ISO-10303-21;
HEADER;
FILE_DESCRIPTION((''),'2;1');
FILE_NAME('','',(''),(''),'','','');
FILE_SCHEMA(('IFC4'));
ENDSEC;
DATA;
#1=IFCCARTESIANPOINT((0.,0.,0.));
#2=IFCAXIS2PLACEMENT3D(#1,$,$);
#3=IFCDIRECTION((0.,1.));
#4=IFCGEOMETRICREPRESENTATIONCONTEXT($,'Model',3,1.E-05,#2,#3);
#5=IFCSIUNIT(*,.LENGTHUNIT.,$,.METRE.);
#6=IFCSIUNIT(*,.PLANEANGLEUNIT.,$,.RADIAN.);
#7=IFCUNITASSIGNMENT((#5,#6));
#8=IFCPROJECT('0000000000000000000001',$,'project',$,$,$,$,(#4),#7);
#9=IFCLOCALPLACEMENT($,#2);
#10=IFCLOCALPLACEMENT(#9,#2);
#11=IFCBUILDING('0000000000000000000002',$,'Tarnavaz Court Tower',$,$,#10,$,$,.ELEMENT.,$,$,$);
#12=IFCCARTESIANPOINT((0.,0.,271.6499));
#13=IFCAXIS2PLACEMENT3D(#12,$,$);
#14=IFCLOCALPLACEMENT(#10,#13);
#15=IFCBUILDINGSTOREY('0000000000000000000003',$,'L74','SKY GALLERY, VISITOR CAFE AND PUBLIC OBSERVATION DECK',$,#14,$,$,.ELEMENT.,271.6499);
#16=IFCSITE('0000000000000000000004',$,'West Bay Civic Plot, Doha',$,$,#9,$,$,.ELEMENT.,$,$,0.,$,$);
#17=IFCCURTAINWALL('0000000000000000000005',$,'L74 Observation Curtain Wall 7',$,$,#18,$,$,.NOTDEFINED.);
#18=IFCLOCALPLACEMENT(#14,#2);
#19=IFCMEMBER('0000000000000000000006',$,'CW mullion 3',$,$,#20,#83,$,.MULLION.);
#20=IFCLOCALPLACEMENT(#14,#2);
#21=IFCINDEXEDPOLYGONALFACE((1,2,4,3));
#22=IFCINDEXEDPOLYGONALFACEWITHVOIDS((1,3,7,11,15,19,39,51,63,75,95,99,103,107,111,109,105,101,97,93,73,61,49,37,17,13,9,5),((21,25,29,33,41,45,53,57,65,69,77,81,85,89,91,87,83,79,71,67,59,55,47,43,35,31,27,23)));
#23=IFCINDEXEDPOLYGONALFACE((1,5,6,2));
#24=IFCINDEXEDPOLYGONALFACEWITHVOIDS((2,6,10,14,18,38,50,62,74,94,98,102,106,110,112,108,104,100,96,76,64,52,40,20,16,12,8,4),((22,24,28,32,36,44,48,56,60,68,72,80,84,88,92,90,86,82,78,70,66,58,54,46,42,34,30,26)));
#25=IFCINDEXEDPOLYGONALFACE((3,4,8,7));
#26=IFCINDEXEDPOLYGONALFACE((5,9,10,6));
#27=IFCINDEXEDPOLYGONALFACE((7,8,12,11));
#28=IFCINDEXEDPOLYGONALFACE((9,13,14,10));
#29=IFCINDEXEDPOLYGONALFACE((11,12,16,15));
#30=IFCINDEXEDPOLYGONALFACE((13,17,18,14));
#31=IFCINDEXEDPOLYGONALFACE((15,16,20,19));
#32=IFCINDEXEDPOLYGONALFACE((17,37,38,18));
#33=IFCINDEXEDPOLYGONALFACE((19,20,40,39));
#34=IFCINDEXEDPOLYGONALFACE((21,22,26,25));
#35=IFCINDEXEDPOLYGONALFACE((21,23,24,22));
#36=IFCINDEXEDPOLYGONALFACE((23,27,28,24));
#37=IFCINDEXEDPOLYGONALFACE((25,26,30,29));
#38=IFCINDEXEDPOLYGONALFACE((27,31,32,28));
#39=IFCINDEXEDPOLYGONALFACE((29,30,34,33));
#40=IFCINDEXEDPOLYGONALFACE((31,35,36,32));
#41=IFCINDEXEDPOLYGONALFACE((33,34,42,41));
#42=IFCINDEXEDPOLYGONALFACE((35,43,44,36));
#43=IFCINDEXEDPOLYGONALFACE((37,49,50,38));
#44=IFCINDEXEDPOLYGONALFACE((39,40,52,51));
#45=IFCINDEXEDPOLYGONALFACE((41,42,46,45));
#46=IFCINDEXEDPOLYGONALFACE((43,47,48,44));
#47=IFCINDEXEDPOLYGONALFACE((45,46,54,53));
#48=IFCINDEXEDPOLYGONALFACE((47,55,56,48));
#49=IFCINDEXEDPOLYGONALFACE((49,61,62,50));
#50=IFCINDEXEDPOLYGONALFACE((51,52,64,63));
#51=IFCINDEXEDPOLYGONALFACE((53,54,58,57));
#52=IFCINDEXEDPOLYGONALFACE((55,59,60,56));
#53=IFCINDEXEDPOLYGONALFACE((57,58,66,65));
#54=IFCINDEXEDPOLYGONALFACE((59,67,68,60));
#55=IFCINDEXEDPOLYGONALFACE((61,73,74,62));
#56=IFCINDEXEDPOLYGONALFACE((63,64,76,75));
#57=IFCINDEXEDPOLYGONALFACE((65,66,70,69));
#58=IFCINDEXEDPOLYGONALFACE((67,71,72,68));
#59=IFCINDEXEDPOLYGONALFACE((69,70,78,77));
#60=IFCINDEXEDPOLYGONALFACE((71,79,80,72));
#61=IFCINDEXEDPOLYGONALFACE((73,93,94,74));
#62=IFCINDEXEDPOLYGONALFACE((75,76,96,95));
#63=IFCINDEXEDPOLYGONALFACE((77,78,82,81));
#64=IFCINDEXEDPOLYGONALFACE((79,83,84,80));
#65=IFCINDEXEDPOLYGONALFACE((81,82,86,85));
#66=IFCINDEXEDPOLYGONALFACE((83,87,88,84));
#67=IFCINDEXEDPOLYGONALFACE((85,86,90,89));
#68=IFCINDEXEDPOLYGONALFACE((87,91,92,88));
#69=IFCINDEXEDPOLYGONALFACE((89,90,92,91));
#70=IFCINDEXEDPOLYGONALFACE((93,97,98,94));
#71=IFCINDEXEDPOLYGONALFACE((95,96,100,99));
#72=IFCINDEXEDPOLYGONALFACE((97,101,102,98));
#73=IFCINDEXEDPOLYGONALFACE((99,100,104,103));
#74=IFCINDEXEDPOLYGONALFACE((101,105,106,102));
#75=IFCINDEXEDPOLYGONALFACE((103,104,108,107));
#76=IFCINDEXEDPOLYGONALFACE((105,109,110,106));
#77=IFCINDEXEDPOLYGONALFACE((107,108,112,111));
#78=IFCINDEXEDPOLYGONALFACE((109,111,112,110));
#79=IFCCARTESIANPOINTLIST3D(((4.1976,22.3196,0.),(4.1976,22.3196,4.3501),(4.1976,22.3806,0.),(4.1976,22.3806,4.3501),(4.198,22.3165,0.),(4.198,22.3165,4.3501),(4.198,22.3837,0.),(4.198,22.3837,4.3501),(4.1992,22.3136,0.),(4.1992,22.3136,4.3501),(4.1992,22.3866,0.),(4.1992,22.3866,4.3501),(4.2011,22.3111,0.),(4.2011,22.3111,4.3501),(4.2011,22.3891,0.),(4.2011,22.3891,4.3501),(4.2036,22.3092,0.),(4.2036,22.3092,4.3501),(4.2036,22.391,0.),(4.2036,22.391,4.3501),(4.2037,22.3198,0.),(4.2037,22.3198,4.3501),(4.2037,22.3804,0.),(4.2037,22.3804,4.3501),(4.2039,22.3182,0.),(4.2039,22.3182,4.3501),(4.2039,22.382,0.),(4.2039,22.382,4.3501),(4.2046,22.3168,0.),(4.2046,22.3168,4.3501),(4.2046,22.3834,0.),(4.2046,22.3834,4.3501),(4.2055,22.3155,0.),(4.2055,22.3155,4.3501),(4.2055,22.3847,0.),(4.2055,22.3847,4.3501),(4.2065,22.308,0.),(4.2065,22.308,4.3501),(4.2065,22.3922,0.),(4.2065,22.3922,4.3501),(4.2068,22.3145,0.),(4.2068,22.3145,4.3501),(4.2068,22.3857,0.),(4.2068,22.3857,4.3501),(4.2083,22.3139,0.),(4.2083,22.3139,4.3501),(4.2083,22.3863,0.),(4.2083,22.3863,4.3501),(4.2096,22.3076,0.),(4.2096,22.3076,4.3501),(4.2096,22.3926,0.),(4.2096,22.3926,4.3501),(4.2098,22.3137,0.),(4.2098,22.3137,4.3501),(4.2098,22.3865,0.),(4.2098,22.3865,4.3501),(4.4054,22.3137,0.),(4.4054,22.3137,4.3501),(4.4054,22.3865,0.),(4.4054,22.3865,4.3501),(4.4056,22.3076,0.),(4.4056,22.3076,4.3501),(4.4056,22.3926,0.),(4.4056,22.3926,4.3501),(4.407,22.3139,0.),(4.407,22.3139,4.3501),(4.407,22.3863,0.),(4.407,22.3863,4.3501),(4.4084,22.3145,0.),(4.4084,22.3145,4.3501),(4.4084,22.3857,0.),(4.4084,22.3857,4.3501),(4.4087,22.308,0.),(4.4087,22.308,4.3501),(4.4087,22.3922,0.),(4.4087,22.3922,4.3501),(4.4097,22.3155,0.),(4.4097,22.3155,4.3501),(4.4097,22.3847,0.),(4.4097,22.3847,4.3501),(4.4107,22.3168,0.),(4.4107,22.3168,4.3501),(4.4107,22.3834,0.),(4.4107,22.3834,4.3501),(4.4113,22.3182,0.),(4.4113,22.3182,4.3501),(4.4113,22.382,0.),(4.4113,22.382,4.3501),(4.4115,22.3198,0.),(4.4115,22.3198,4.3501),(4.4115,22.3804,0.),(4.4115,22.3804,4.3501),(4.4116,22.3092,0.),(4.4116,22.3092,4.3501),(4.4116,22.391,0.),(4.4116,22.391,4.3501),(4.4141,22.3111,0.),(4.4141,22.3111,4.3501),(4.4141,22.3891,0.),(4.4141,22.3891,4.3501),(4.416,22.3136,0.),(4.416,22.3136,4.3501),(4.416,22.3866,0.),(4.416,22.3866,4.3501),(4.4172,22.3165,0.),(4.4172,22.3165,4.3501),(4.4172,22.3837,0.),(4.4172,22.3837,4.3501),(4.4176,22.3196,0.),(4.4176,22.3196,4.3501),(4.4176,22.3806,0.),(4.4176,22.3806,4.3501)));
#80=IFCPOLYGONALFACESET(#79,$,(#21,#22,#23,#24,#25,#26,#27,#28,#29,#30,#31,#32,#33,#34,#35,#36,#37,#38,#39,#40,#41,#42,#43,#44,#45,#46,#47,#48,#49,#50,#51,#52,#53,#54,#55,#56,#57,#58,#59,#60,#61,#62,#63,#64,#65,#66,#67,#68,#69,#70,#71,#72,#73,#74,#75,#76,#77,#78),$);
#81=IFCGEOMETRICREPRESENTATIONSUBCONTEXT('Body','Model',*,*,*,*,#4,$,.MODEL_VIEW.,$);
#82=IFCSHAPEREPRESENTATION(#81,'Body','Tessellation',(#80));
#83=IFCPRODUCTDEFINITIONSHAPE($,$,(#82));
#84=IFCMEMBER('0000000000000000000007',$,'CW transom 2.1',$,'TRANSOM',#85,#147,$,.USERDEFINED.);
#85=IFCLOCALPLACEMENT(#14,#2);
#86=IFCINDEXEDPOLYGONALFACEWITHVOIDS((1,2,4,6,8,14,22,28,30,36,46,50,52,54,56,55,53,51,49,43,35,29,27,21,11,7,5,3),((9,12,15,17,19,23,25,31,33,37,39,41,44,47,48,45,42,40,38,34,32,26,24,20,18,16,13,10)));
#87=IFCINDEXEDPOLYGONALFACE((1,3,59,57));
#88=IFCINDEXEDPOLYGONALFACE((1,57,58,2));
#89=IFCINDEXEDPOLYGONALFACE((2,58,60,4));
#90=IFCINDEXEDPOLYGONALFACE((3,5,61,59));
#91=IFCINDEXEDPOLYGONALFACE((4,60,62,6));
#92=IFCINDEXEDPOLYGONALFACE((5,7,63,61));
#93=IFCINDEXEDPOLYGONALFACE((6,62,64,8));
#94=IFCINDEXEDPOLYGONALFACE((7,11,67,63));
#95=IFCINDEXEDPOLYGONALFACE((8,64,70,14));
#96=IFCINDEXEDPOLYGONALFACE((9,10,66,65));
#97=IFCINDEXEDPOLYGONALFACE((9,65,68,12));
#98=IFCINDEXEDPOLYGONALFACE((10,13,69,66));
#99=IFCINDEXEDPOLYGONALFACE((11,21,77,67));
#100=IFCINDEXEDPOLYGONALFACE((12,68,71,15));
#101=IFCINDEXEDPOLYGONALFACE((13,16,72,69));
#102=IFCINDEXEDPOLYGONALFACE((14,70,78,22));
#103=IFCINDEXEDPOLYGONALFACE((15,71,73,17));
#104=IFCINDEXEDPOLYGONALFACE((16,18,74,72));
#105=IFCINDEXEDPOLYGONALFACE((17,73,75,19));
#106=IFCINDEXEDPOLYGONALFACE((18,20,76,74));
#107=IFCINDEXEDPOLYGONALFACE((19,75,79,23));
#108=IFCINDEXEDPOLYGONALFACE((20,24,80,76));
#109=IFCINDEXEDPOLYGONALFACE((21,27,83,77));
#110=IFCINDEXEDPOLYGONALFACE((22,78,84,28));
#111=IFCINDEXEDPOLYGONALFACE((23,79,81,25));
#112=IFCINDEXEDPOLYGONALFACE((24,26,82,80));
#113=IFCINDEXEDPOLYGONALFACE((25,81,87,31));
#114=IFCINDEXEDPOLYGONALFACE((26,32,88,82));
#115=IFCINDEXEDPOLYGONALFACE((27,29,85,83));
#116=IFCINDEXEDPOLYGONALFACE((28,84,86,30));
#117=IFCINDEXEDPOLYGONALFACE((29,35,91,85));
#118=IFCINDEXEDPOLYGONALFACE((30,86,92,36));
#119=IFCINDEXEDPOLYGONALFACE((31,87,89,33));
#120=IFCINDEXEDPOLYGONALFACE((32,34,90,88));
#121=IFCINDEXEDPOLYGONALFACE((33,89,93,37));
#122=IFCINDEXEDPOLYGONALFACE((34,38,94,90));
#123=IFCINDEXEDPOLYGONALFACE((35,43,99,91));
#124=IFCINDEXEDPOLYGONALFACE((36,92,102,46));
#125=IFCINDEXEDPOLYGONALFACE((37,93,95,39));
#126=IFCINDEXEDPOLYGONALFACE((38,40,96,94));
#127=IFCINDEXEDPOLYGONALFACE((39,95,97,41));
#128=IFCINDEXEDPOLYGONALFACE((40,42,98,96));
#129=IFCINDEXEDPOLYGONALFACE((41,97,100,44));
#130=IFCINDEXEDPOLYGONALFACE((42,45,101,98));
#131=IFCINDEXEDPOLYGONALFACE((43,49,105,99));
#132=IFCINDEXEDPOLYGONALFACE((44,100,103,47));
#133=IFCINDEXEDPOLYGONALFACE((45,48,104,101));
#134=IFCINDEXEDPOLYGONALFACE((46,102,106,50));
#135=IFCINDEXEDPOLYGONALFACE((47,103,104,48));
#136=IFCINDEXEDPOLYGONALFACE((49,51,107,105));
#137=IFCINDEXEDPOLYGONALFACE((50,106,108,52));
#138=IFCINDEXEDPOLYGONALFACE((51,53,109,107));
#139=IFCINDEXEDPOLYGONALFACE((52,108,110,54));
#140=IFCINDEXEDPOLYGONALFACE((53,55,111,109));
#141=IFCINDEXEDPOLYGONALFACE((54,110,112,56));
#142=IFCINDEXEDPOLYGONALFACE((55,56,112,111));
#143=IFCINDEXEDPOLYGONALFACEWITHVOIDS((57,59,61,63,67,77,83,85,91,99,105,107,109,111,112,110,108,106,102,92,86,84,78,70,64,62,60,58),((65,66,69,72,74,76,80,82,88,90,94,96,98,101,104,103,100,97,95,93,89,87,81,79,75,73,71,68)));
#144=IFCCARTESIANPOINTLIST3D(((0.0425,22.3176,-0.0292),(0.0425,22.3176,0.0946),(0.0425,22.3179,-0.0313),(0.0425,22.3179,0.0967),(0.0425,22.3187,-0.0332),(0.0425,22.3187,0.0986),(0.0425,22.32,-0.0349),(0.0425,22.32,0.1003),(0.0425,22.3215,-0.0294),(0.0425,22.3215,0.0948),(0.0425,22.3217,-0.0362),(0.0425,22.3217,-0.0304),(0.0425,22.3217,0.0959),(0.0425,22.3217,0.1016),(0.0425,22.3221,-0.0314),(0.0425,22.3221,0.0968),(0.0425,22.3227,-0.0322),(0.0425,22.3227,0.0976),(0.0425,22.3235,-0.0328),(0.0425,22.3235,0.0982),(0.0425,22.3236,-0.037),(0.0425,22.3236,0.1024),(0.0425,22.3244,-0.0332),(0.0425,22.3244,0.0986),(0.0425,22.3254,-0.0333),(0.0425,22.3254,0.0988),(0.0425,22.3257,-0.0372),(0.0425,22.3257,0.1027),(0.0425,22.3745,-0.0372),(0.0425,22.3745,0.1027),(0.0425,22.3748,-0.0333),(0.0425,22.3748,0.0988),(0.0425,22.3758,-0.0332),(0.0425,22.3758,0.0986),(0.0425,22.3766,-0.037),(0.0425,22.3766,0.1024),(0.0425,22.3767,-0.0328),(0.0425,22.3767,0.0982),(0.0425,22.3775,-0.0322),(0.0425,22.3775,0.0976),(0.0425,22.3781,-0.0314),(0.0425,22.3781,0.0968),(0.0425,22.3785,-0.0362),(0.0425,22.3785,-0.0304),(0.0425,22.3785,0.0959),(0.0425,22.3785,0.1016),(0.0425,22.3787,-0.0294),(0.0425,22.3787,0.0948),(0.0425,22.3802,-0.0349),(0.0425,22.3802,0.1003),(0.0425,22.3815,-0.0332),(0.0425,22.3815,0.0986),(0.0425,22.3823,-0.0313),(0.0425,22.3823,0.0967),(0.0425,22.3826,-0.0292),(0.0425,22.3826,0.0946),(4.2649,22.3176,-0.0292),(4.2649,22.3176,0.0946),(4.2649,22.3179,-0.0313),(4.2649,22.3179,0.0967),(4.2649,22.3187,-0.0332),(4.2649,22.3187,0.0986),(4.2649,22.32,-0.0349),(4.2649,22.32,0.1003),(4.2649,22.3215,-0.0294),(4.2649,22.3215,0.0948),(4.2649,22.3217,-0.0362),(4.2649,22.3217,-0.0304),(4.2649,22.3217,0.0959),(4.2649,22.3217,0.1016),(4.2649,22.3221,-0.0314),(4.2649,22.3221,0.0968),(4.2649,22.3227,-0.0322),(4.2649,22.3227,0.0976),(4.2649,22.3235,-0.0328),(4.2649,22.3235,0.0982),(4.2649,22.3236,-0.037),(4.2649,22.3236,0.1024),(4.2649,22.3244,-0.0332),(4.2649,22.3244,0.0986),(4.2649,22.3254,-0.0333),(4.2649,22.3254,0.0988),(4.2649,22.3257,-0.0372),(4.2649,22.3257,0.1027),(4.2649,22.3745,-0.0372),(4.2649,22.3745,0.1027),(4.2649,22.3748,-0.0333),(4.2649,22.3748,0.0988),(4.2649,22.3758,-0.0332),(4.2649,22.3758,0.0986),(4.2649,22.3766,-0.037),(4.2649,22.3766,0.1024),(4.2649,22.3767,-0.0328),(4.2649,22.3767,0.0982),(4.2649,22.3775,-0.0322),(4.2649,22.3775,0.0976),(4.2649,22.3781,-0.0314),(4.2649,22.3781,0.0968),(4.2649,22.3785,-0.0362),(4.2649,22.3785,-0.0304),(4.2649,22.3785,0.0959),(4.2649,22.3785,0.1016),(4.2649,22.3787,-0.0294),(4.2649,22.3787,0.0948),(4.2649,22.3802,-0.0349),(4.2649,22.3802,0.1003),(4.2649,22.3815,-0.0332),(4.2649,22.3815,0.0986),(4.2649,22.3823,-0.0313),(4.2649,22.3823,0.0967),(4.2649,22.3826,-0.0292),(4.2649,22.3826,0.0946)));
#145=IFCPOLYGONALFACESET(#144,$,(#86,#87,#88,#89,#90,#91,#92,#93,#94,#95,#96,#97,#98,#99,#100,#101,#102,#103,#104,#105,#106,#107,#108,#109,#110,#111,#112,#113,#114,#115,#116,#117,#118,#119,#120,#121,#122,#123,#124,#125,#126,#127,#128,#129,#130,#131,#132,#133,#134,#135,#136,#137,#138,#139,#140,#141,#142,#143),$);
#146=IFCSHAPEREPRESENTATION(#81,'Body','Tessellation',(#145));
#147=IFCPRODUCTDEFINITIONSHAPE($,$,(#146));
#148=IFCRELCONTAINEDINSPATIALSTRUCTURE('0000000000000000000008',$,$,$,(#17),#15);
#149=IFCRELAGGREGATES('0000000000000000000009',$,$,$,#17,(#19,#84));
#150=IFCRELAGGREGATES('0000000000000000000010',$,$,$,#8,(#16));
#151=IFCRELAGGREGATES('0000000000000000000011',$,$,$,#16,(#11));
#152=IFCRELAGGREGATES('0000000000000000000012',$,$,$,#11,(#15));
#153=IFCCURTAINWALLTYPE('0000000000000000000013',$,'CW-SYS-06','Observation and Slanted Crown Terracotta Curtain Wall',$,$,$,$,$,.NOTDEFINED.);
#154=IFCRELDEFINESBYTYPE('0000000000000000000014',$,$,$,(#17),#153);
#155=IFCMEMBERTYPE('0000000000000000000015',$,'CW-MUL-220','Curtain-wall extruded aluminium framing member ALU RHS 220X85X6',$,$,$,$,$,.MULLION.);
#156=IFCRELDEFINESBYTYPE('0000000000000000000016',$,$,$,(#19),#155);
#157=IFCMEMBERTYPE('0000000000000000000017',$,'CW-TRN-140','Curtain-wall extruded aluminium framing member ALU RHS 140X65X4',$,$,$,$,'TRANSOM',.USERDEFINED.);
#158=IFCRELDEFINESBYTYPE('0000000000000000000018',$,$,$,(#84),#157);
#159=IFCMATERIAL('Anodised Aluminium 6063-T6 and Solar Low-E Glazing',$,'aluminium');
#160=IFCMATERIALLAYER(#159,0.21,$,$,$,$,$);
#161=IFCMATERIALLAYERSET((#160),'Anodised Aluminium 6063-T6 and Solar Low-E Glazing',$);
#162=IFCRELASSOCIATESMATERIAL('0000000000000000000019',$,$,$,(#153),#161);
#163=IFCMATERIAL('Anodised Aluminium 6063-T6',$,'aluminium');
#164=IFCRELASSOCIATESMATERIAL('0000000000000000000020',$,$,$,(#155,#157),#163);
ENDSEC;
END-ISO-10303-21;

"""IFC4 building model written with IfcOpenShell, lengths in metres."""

from ifc_helpers import new_model, si_unit, direction, frame, origin, origin_2d, place, context, subcontext, project, spatial, hollow_rectangle, extrude, material, layer, layer_set, material_profile, profile_set, type_object, element, aggregate, save


model = new_model("IFC4")

# Units and contexts
model_context = context("Model", 3, precision=1e-05, world=origin(), true_north=direction((0.0, 1.0)))
body_context = subcontext(model_context, "Body", "Model", "MODEL_VIEW")
ifc_project = project(units=[si_unit("LENGTHUNIT", "METRE"), si_unit("PLANEANGLEUNIT", "RADIAN")], contexts=[model_context])

# Site, building, storey
site_placement = place(None, origin())
site = spatial("IfcSite", under=ifc_project, at=site_placement, Name="West Bay Civic Plot, Doha", CompositionType="ELEMENT", RefElevation=0.0)
building_placement = place(site_placement, origin())
building = spatial("IfcBuilding", under=site, at=building_placement, Name="Tarnavaz Court Tower", CompositionType="ELEMENT")
storey_placement = place(building_placement, frame((0.0, 0.0, 271.6499)))
storey = spatial("IfcBuildingStorey", under=building, at=storey_placement, Name="L74", Description="SKY GALLERY, VISITOR CAFE AND PUBLIC OBSERVATION DECK", CompositionType="ELEMENT", Elevation=271.6499)

# Curtain wall, members
ifc_material_1 = material(Name="Anodised Aluminium 6063-T6 and Solar Low-E Glazing", Category="aluminium")
ifc_layer_1 = layer(ifc_material_1, 0.21)
ifc_layer_set_1 = layer_set([ifc_layer_1], Name="Anodised Aluminium 6063-T6 and Solar Low-E Glazing")
curtain_wall_type = type_object("IfcCurtainWallType", Name="CW-SYS-06", Description="Observation and Slanted Crown Terracotta Curtain Wall", PredefinedType="NOTDEFINED", material=ifc_layer_set_1)
curtain_wall_placement = place(storey_placement, origin())
curtain_wall = element("IfcCurtainWall", 1, at=curtain_wall_placement, inside=storey, type_object=curtain_wall_type, Name="L74 Observation Curtain Wall 7", PredefinedType="NOTDEFINED")
ifc_material_2 = material(Name="Anodised Aluminium 6063-T6", Category="aluminium")
ifc_material_profile_1 = material_profile(ifc_material_2, hollow_rectangle(XDim=0.085, YDim=0.22, WallThickness=0.0061, InnerFilletRadius=0.0061, OuterFilletRadius=0.012, at=origin_2d()), Name="ALU RHS 220X85X6")
ifc_profile_set_1 = profile_set([ifc_material_profile_1], Name="Anodised Aluminium 6063-T6")
member_type_1 = type_object("IfcMemberType", Name="CW-MUL-220", Description="Curtain-wall extruded aluminium framing member ALU RHS 220X85X6", PredefinedType="MULLION", material=ifc_profile_set_1)
member_1_placement = place(storey_placement, frame((4.3076, 22.3501, 0.0), z_axis=(0.0, 0.0, 1.0), x_axis=(0.0, 1.0, 0.0)))
member_1 = element("IfcMember", 2, at=member_1_placement, type_object=member_type_1, Name="CW mullion 3", PredefinedType="MULLION", context=body_context, shape_type="SweptSolid", body=[
    extrude(hollow_rectangle(XDim=0.085, YDim=0.22, WallThickness=0.0061, InnerFilletRadius=0.0061, OuterFilletRadius=0.012, at=origin_2d()), origin(), (0.0, 0.0, 1.0), 4.3501),
])
ifc_material_profile_2 = material_profile(ifc_material_2, hollow_rectangle(XDim=0.0649, YDim=0.1399, WallThickness=0.0039, InnerFilletRadius=0.0039, OuterFilletRadius=0.0081, at=origin_2d()), Name="ALU RHS 140X65X4")
ifc_profile_set_2 = profile_set([ifc_material_profile_2], Name="Anodised Aluminium 6063-T6")
member_type_2 = type_object("IfcMemberType", Name="CW-TRN-140", Description="Curtain-wall extruded aluminium framing member ALU RHS 140X65X4", ElementType="TRANSOM", PredefinedType="USERDEFINED", material=ifc_profile_set_2)
member_2_placement = place(storey_placement, frame((0.0425, 22.3501, 0.0327), z_axis=(1.0, 0.0, 0.0), x_axis=(0.0, 1.0, 0.0)))
member_2 = element("IfcMember", 3, at=member_2_placement, type_object=member_type_2, Name="CW transom 2.1", ObjectType="TRANSOM", PredefinedType="USERDEFINED", context=body_context, shape_type="SweptSolid", body=[
    extrude(hollow_rectangle(XDim=0.0649, YDim=0.1399, WallThickness=0.0039, InnerFilletRadius=0.0039, OuterFilletRadius=0.0081, at=origin_2d()), origin(), (0.0, 0.0, 1.0), 4.2224),
])
aggregate(curtain_wall, [member_1, member_2])

save(model, "model.ifc")
